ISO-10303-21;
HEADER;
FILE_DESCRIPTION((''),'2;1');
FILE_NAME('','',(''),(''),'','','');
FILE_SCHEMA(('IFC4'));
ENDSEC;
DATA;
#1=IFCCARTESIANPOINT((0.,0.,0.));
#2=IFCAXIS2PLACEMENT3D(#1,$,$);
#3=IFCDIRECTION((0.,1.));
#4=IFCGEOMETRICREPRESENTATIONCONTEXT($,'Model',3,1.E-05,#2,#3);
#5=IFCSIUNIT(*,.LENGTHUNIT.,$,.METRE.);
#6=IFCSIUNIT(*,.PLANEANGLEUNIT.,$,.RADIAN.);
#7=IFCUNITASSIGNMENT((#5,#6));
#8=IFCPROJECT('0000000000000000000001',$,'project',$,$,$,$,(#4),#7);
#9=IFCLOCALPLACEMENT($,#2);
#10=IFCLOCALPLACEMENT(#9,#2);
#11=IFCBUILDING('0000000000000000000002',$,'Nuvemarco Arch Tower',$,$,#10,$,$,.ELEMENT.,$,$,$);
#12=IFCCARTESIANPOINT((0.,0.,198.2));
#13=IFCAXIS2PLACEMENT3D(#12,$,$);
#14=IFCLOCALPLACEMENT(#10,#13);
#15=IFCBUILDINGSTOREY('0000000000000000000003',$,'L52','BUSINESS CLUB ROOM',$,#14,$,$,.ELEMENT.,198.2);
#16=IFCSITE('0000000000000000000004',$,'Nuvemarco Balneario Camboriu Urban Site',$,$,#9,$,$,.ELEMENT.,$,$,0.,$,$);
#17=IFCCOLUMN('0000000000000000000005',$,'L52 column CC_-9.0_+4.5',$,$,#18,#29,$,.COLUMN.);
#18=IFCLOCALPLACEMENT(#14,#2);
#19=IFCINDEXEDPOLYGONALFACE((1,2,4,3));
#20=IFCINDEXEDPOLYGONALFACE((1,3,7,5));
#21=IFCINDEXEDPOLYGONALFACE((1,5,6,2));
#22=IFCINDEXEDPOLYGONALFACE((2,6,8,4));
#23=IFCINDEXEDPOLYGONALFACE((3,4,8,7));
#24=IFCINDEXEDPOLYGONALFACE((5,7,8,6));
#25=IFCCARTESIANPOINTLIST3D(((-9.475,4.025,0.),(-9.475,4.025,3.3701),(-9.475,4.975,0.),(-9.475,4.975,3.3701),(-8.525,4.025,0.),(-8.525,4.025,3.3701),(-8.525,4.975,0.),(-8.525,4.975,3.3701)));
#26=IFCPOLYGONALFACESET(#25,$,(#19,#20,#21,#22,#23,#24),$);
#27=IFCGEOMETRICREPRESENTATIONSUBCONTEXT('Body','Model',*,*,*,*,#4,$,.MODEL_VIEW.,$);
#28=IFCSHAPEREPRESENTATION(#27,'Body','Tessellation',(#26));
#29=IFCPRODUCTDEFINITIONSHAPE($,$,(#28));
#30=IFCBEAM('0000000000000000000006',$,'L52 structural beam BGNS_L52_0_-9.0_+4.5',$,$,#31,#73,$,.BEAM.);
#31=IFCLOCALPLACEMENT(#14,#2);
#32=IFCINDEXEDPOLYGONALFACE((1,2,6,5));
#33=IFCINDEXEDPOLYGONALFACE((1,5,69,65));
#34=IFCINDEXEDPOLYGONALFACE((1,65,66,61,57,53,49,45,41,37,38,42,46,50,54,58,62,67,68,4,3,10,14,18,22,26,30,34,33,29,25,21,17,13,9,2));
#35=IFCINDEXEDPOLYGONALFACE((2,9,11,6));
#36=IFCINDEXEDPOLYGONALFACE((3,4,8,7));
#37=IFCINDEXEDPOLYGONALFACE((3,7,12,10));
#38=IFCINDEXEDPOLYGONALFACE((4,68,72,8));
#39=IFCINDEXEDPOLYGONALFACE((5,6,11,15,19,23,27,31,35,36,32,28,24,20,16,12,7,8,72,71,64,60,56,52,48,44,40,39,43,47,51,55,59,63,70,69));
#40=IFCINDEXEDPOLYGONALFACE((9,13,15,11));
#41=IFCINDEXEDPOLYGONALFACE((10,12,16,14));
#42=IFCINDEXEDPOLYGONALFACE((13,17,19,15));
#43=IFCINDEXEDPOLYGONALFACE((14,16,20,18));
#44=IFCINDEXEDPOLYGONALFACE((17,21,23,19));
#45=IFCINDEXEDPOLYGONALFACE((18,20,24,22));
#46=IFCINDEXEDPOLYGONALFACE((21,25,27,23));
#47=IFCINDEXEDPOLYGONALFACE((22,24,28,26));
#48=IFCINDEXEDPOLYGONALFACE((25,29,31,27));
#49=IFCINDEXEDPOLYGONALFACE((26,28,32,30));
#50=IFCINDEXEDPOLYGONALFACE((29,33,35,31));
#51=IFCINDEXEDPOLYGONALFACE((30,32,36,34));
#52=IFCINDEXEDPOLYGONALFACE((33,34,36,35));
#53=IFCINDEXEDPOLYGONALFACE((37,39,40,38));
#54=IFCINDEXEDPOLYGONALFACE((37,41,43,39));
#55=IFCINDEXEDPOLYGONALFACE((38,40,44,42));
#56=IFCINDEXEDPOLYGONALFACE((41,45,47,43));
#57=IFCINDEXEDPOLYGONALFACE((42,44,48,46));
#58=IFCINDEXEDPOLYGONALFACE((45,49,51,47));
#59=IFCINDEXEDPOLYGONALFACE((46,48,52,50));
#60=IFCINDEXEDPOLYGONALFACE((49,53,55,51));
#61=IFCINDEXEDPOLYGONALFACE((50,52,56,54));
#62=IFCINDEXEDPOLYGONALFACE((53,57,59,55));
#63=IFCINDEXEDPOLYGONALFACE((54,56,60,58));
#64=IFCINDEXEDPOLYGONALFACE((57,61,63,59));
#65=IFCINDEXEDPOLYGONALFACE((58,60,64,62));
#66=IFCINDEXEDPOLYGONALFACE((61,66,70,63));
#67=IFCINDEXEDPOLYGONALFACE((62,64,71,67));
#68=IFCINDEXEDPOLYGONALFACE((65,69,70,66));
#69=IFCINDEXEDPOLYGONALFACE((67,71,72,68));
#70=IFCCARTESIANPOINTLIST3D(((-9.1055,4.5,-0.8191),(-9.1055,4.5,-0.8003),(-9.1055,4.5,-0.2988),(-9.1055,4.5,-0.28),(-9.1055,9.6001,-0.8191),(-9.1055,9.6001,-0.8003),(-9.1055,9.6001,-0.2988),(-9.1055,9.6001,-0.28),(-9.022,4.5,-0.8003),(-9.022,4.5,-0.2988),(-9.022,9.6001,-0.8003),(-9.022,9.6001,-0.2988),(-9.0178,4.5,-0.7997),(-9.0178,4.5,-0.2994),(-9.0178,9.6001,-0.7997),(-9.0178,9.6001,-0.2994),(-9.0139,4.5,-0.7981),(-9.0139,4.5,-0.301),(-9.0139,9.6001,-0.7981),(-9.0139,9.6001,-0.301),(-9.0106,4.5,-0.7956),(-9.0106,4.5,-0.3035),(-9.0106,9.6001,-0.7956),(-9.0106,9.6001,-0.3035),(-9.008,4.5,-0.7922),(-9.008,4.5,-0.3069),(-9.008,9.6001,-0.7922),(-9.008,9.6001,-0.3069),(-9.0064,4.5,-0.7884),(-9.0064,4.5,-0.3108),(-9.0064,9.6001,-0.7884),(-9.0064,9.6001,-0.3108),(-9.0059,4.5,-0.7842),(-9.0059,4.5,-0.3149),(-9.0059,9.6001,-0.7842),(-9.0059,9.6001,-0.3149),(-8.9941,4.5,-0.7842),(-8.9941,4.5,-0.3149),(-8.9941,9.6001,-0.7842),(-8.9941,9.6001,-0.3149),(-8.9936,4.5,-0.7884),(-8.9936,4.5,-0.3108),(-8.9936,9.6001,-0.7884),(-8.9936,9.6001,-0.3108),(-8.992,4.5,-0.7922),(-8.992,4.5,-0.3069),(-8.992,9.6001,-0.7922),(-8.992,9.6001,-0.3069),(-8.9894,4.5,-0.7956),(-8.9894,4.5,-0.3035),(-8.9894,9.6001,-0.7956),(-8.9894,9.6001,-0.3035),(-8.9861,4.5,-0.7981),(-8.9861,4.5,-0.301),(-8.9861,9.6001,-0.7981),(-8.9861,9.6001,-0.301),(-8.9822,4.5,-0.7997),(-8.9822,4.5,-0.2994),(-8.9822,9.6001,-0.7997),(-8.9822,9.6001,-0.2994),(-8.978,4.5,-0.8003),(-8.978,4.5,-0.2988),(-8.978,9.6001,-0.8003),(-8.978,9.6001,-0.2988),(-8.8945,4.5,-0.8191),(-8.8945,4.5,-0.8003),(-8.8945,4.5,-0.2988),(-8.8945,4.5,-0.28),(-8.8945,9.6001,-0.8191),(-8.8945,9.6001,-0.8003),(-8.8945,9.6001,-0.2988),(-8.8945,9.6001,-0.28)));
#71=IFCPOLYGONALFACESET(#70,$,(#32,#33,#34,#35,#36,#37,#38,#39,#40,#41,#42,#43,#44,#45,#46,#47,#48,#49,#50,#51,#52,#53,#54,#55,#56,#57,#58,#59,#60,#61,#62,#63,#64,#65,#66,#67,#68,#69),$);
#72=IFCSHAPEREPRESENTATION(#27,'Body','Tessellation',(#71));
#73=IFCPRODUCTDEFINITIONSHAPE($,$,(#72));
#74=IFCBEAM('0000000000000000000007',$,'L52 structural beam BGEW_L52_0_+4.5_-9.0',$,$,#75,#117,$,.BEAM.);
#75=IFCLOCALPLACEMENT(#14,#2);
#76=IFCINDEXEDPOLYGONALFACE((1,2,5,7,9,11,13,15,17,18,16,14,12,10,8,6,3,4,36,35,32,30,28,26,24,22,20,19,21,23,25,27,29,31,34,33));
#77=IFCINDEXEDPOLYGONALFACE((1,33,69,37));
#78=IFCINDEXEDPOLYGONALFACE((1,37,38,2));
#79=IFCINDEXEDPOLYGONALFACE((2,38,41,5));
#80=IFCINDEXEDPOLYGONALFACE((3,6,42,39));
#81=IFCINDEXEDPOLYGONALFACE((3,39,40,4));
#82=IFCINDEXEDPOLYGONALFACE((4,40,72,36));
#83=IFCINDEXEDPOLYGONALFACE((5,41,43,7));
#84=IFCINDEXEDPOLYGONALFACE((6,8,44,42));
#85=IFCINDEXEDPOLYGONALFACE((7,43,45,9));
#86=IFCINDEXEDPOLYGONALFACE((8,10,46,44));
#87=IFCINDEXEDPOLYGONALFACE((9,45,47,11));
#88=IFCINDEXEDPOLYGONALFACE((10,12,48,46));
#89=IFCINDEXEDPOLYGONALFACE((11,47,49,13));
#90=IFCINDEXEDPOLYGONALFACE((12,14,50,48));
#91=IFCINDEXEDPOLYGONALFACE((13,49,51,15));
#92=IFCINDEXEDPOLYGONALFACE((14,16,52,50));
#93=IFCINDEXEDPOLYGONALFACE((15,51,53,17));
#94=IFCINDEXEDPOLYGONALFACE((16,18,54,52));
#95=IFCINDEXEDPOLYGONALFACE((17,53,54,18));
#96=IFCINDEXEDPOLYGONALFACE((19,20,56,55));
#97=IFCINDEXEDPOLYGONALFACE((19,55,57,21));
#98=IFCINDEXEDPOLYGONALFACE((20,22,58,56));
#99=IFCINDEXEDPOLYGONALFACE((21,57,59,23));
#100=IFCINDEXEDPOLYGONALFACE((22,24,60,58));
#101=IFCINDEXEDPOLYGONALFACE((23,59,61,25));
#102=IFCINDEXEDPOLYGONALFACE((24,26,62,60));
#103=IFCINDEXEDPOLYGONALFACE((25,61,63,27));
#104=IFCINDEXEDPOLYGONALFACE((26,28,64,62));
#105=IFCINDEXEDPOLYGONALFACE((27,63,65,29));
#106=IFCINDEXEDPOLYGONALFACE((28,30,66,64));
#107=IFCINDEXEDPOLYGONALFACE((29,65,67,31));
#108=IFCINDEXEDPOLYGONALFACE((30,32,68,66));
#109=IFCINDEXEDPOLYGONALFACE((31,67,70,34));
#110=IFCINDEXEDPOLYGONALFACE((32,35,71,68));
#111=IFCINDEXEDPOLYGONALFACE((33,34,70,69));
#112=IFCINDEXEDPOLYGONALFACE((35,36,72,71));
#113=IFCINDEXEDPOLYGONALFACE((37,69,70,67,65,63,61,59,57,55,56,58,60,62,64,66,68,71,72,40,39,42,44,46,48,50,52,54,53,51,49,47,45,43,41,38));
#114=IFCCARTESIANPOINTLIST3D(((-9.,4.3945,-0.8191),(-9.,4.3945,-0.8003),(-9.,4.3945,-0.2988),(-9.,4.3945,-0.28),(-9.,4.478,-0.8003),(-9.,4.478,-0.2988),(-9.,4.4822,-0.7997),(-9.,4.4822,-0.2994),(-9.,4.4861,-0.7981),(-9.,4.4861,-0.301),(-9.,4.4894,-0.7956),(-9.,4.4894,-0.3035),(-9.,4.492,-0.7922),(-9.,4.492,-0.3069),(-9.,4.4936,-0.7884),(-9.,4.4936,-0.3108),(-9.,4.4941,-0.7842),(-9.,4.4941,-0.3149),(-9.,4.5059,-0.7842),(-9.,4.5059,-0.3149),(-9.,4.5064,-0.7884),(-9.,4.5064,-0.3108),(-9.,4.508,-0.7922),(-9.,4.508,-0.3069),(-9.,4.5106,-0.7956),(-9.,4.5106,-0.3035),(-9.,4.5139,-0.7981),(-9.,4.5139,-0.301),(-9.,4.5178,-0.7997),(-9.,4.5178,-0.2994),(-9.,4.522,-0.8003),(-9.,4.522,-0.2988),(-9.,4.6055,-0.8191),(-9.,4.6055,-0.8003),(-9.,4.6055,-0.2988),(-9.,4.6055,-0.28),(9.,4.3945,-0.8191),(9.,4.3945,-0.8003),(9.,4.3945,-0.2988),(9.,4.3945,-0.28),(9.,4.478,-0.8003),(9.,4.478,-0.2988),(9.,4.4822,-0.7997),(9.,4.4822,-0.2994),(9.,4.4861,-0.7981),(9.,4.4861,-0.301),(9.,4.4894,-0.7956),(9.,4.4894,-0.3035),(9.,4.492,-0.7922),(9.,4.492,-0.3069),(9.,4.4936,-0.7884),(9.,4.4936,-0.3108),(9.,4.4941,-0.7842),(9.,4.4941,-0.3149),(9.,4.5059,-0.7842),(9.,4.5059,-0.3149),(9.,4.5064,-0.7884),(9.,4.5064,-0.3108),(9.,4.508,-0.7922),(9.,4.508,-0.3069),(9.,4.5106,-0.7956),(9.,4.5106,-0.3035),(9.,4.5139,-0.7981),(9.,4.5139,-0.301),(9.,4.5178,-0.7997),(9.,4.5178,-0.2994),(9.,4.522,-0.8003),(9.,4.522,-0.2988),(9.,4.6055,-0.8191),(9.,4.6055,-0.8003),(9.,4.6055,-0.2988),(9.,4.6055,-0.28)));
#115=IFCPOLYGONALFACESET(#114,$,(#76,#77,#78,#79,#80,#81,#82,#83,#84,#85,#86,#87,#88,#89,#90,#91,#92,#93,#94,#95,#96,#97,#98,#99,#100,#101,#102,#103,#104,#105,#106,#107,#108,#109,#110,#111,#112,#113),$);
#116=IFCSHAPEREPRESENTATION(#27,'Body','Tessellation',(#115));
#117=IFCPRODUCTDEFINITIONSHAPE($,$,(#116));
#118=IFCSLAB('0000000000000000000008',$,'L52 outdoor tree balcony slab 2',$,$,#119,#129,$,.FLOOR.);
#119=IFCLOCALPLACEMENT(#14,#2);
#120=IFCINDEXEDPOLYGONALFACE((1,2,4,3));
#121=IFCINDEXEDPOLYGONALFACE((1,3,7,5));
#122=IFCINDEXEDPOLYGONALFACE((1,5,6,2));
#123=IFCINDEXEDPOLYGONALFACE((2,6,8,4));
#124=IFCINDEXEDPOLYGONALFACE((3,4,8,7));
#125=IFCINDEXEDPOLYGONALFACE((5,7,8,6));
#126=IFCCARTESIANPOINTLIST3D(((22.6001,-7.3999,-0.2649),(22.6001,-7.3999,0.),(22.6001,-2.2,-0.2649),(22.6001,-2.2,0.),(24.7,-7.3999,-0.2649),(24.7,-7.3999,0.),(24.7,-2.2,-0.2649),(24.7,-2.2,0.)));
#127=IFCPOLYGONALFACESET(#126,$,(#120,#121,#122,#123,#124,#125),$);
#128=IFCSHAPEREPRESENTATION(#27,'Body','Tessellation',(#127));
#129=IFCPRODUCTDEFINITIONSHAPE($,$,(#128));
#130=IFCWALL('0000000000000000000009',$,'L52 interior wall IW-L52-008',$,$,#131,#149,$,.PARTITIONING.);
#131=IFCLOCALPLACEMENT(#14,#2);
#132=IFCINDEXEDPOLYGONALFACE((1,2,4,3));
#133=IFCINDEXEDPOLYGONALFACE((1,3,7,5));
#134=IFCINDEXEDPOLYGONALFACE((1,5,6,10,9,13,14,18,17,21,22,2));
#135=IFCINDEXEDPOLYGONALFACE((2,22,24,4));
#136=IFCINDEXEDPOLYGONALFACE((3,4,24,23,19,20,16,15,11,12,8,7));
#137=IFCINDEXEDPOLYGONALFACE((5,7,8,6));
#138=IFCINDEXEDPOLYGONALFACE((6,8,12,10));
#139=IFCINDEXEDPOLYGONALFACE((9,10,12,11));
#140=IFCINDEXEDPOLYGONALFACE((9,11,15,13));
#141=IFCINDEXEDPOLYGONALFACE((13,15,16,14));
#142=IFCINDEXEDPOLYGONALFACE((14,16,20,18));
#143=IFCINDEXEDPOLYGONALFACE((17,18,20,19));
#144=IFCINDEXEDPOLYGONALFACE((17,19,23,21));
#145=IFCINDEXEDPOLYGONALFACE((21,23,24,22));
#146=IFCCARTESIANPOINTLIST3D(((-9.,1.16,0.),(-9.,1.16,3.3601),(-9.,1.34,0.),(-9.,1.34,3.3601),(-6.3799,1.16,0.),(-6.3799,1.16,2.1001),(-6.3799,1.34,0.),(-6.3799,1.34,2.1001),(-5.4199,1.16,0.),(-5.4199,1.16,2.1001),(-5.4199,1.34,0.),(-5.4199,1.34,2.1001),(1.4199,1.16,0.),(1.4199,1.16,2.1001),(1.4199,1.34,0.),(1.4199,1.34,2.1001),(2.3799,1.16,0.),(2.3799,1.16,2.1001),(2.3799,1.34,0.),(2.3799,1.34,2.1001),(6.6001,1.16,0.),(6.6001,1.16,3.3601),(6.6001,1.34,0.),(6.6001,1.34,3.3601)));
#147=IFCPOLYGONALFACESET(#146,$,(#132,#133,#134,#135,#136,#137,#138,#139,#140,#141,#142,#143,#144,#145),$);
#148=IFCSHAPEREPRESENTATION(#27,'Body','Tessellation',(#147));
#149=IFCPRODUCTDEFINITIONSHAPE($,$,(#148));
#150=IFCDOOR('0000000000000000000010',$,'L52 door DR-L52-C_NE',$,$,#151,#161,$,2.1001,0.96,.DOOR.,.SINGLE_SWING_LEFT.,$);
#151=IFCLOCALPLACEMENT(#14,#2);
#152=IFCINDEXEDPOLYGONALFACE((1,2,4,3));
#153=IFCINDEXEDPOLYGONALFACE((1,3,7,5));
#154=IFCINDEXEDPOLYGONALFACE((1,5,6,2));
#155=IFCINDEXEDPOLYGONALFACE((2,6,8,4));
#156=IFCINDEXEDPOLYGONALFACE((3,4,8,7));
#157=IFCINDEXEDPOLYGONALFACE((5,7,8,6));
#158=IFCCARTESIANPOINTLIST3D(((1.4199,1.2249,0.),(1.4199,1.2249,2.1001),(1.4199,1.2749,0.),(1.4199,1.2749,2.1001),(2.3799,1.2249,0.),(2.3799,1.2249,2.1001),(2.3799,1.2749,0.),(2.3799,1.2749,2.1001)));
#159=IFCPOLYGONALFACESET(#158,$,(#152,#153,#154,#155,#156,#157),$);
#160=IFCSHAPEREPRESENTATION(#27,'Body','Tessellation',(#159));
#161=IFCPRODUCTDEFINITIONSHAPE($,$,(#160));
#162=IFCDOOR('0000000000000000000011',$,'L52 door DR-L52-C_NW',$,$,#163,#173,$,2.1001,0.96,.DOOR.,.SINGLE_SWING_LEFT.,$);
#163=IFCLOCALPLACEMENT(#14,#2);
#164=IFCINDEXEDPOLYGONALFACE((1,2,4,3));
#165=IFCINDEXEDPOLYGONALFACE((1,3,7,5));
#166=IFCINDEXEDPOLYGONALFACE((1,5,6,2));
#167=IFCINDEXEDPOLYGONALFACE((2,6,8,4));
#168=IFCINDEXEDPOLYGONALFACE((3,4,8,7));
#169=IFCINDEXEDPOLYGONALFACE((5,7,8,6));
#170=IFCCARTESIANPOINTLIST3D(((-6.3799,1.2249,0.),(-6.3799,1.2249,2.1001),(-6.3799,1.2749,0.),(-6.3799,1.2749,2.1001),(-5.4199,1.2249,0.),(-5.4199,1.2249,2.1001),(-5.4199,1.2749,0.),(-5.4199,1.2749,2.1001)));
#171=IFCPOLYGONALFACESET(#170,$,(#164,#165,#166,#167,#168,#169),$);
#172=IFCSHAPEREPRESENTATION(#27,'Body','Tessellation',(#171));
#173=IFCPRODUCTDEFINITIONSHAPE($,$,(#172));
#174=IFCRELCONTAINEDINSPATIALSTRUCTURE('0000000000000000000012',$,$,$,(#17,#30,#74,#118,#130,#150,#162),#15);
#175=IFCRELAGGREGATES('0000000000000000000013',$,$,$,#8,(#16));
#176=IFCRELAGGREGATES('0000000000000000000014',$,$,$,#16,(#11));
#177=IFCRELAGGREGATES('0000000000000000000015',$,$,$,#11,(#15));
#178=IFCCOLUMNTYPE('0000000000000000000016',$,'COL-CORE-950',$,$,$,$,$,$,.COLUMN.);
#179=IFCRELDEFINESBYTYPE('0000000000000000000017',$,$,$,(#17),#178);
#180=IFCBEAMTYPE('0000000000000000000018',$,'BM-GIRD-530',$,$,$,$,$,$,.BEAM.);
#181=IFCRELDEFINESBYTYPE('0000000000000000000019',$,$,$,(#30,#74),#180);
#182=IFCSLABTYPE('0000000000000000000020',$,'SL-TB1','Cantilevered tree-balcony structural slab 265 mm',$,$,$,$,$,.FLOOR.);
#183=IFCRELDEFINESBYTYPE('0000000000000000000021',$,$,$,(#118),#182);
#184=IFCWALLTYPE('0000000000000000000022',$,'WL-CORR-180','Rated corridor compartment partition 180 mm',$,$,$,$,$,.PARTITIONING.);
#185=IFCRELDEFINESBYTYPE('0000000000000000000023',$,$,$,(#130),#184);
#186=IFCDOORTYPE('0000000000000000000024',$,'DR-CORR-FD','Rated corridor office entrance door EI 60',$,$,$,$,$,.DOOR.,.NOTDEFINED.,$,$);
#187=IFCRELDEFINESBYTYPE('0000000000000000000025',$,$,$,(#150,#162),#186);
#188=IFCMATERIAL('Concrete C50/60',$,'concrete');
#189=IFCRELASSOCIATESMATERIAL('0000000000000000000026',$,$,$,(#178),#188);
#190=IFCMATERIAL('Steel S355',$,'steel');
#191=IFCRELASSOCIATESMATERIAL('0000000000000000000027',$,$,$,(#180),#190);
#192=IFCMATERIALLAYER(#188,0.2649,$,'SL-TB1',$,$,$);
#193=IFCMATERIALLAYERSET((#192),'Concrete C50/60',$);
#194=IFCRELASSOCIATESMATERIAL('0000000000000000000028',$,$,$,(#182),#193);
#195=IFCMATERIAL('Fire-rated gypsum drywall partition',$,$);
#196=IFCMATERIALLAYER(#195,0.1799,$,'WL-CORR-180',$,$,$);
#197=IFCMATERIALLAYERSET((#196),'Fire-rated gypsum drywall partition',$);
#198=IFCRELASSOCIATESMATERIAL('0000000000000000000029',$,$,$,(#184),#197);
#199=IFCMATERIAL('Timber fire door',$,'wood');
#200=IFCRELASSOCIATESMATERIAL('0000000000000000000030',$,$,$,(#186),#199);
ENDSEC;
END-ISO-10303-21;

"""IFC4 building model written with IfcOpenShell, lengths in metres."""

from ifc_helpers import new_model, si_unit, direction, frame, frame_2d, origin, origin_2d, place, context, subcontext, project, spatial, polyline, rectangle, i_section, outline, extrude, source, transform, mapped, material, layer, layer_set, material_profile, profile_set, type_object, type_shapes, element, fill, save


model = new_model("IFC4")

# Units and contexts
model_context = context("Model", 3, precision=1e-05, world=origin(), true_north=direction((0.0, 1.0)))
body_context = subcontext(model_context, "Body", "Model", "MODEL_VIEW")
ifc_project = project(units=[si_unit("LENGTHUNIT", "METRE"), si_unit("PLANEANGLEUNIT", "RADIAN")], contexts=[model_context])

# Site, building, storey
site_placement = place(None, origin())
site = spatial("IfcSite", under=ifc_project, at=site_placement, Name="Nuvemarco Balneario Camboriu Urban Site", CompositionType="ELEMENT", RefElevation=0.0)
building_placement = place(site_placement, origin())
building = spatial("IfcBuilding", under=site, at=building_placement, Name="Nuvemarco Arch Tower", CompositionType="ELEMENT")
storey_placement = place(building_placement, frame((0.0, 0.0, 198.2)))
storey = spatial("IfcBuildingStorey", under=building, at=storey_placement, Name="L52", Description="BUSINESS CLUB ROOM", CompositionType="ELEMENT", Elevation=198.2)

# Column
ifc_material_1 = material(Name="Concrete C50/60", Category="concrete")
ifc_material_profile_1 = material_profile(ifc_material_1, rectangle(XDim=0.95, YDim=0.95, at=origin_2d()), Name="RC-COL-950x950")
ifc_profile_set_1 = profile_set([ifc_material_profile_1], Name="Concrete C50/60")
column_type = type_object("IfcColumnType", Name="COL-CORE-950", PredefinedType="COLUMN", material=ifc_profile_set_1)
column_placement = place(storey_placement, frame((-9.0, 4.5, 0.0), z_axis=(0.0, 0.0, 1.0), x_axis=(1.0, 0.0, 0.0)))
element("IfcColumn", 1, at=column_placement, inside=storey, type_object=column_type, Name="L52 column CC_-9.0_+4.5", PredefinedType="COLUMN", context=body_context, shape_type="SweptSolid", body=[
    extrude(rectangle(XDim=0.95, YDim=0.95, at=origin_2d()), origin(), (0.0, 0.0, 1.0), 3.3701),
])

# Beams
ifc_material_2 = material(Name="Steel S355", Category="steel")
ifc_material_profile_2 = material_profile(ifc_material_2, i_section(OverallWidth=0.2109, OverallDepth=0.5391, WebThickness=0.0117, FlangeThickness=0.0188, FilletRadius=0.0161, at=origin_2d()), Name="W530x109")
ifc_profile_set_2 = profile_set([ifc_material_profile_2], Name="Steel S355")
beam_type = type_object("IfcBeamType", Name="BM-GIRD-530", PredefinedType="BEAM", material=ifc_profile_set_2)
beam_1_placement = place(storey_placement, frame((-9.0, 4.5, -0.5496), z_axis=(0.0, 1.0, 0.0), x_axis=(-1.0, 0.0, 0.0)))
element("IfcBeam", 2, at=beam_1_placement, inside=storey, type_object=beam_type, Name="L52 structural beam BGNS_L52_0_-9.0_+4.5", PredefinedType="BEAM", context=body_context, shape_type="SweptSolid", body=[
    extrude(i_section(OverallWidth=0.2109, OverallDepth=0.5391, WebThickness=0.0117, FlangeThickness=0.0188, FilletRadius=0.0161, at=origin_2d()), origin(), (0.0, 0.0, 1.0), 5.1001),
])
beam_2_placement = place(storey_placement, frame((-9.0, 4.5, -0.5496), z_axis=(1.0, 0.0, 0.0), x_axis=(0.0, 1.0, 0.0)))
element("IfcBeam", 3, at=beam_2_placement, inside=storey, type_object=beam_type, Name="L52 structural beam BGEW_L52_0_+4.5_-9.0", PredefinedType="BEAM", context=body_context, shape_type="SweptSolid", body=[
    extrude(i_section(OverallWidth=0.2109, OverallDepth=0.5391, WebThickness=0.0117, FlangeThickness=0.0188, FilletRadius=0.0161, at=origin_2d()), origin(), (0.0, 0.0, 1.0), 18.0),
])

# Slab
ifc_layer_1 = layer(ifc_material_1, 0.2649, Name="SL-TB1")
ifc_layer_set_1 = layer_set([ifc_layer_1], Name="Concrete C50/60")
slab_type = type_object("IfcSlabType", Name="SL-TB1", Description="Cantilevered tree-balcony structural slab 265 mm", PredefinedType="FLOOR", material=ifc_layer_set_1)
slab_placement = place(storey_placement, frame((0.0, 0.0, -0.2649)))
element("IfcSlab", 4, at=slab_placement, inside=storey, type_object=slab_type, Name="L52 outdoor tree balcony slab 2", PredefinedType="FLOOR", context=body_context, shape_type="SweptSolid", body=[
    extrude(outline(polyline([(22.6001, -7.3999), (24.7, -7.3999), (24.7, -2.2), (22.6001, -2.2), (22.6001, -7.3999)])), origin(), (0.0, 0.0, 1.0), 0.2649),
])

# Wall, openings, doors
ifc_material_3 = material(Name="Fire-rated gypsum drywall partition")
ifc_layer_2 = layer(ifc_material_3, 0.1799, Name="WL-CORR-180")
ifc_layer_set_2 = layer_set([ifc_layer_2], Name="Fire-rated gypsum drywall partition")
wall_type_1 = type_object("IfcWallType", Name="WL-CORR-180", Description="Rated corridor compartment partition 180 mm", PredefinedType="PARTITIONING", material=ifc_layer_set_2)
wall_1_placement = place(storey_placement, frame((-9.0, 1.25, 0.0), z_axis=(0.0, 0.0, 1.0), x_axis=(1.0, 0.0, 0.0)))
wall_1 = element("IfcWall", 5, at=wall_1_placement, inside=storey, type_object=wall_type_1, Name="L52 interior wall IW-L52-008", PredefinedType="PARTITIONING", context=body_context, shape_type="SweptSolid", body=[
    extrude(rectangle(XDim=15.6001, YDim=0.1799, at=frame_2d((7.8, 0.0))), origin(), (0.0, 0.0, 1.0), 3.3601),
])
opening_1_placement = place(wall_1_placement, frame((10.4199, 0.0, 0.0)))
opening_1 = element("IfcOpeningElement", 6, at=opening_1_placement, cuts=wall_1, PredefinedType="OPENING", context=body_context, shape_type="SweptSolid", body=[
    extrude(rectangle(XDim=0.96, YDim=2.1001, at=frame_2d((0.48, 1.05))), frame((0.0, 0.0999, 0.0), z_axis=(0.0, -1.0, 0.0), x_axis=(1.0, 0.0, 0.0)), (0.0, 0.0, 1.0), 0.2),
])
opening_2_placement = place(wall_1_placement, frame((2.6201, 0.0, 0.0)))
opening_2 = element("IfcOpeningElement", 7, at=opening_2_placement, cuts=wall_1, PredefinedType="OPENING", context=body_context, shape_type="SweptSolid", body=[
    extrude(rectangle(XDim=0.96, YDim=2.1001, at=frame_2d((0.48, 1.05))), frame((0.0, 0.0999, 0.0), z_axis=(0.0, -1.0, 0.0), x_axis=(1.0, 0.0, 0.0)), (0.0, 0.0, 1.0), 0.2),
])
ifc_material_4 = material(Name="Timber fire door", Category="wood")
door_type_1 = type_object("IfcDoorType", Name="DR-CORR-FD", Description="Rated corridor office entrance door EI 60", OperationType="NOTDEFINED", PredefinedType="DOOR", material=ifc_material_4)
shared_shape_1 = source(origin(), body_context, "Body", "SweptSolid", [
    extrude(rectangle(XDim=0.96, YDim=2.1001, at=frame_2d((0.48, 1.05))), frame((0.0, 0.0249, 0.0), z_axis=(0.0, -1.0, 0.0), x_axis=(1.0, 0.0, 0.0)), (0.0, 0.0, 1.0), 0.05),
])
type_shapes(door_type_1, [shared_shape_1])
door_1_placement = place(opening_1_placement, origin())
door_1 = element("IfcDoor", 8, at=door_1_placement, inside=storey, type_object=door_type_1, Name="L52 door DR-L52-C_NE", OperationType="SINGLE_SWING_LEFT", OverallHeight=2.1001, OverallWidth=0.96, PredefinedType="DOOR", context=body_context, shape_type="MappedRepresentation", body=[
    mapped(shared_shape_1, transform((0.0, 0.0, 0.0), scale=1.0)),
])
fill(opening_1, door_1)
door_2_placement = place(opening_2_placement, origin())
door_2 = element("IfcDoor", 9, at=door_2_placement, inside=storey, type_object=door_type_1, Name="L52 door DR-L52-C_NW", OperationType="SINGLE_SWING_LEFT", OverallHeight=2.1001, OverallWidth=0.96, PredefinedType="DOOR", context=body_context, shape_type="MappedRepresentation", body=[
    mapped(shared_shape_1, transform((0.0, 0.0, 0.0), scale=1.0)),
])
fill(opening_2, door_2)

save(model, "model.ifc")
